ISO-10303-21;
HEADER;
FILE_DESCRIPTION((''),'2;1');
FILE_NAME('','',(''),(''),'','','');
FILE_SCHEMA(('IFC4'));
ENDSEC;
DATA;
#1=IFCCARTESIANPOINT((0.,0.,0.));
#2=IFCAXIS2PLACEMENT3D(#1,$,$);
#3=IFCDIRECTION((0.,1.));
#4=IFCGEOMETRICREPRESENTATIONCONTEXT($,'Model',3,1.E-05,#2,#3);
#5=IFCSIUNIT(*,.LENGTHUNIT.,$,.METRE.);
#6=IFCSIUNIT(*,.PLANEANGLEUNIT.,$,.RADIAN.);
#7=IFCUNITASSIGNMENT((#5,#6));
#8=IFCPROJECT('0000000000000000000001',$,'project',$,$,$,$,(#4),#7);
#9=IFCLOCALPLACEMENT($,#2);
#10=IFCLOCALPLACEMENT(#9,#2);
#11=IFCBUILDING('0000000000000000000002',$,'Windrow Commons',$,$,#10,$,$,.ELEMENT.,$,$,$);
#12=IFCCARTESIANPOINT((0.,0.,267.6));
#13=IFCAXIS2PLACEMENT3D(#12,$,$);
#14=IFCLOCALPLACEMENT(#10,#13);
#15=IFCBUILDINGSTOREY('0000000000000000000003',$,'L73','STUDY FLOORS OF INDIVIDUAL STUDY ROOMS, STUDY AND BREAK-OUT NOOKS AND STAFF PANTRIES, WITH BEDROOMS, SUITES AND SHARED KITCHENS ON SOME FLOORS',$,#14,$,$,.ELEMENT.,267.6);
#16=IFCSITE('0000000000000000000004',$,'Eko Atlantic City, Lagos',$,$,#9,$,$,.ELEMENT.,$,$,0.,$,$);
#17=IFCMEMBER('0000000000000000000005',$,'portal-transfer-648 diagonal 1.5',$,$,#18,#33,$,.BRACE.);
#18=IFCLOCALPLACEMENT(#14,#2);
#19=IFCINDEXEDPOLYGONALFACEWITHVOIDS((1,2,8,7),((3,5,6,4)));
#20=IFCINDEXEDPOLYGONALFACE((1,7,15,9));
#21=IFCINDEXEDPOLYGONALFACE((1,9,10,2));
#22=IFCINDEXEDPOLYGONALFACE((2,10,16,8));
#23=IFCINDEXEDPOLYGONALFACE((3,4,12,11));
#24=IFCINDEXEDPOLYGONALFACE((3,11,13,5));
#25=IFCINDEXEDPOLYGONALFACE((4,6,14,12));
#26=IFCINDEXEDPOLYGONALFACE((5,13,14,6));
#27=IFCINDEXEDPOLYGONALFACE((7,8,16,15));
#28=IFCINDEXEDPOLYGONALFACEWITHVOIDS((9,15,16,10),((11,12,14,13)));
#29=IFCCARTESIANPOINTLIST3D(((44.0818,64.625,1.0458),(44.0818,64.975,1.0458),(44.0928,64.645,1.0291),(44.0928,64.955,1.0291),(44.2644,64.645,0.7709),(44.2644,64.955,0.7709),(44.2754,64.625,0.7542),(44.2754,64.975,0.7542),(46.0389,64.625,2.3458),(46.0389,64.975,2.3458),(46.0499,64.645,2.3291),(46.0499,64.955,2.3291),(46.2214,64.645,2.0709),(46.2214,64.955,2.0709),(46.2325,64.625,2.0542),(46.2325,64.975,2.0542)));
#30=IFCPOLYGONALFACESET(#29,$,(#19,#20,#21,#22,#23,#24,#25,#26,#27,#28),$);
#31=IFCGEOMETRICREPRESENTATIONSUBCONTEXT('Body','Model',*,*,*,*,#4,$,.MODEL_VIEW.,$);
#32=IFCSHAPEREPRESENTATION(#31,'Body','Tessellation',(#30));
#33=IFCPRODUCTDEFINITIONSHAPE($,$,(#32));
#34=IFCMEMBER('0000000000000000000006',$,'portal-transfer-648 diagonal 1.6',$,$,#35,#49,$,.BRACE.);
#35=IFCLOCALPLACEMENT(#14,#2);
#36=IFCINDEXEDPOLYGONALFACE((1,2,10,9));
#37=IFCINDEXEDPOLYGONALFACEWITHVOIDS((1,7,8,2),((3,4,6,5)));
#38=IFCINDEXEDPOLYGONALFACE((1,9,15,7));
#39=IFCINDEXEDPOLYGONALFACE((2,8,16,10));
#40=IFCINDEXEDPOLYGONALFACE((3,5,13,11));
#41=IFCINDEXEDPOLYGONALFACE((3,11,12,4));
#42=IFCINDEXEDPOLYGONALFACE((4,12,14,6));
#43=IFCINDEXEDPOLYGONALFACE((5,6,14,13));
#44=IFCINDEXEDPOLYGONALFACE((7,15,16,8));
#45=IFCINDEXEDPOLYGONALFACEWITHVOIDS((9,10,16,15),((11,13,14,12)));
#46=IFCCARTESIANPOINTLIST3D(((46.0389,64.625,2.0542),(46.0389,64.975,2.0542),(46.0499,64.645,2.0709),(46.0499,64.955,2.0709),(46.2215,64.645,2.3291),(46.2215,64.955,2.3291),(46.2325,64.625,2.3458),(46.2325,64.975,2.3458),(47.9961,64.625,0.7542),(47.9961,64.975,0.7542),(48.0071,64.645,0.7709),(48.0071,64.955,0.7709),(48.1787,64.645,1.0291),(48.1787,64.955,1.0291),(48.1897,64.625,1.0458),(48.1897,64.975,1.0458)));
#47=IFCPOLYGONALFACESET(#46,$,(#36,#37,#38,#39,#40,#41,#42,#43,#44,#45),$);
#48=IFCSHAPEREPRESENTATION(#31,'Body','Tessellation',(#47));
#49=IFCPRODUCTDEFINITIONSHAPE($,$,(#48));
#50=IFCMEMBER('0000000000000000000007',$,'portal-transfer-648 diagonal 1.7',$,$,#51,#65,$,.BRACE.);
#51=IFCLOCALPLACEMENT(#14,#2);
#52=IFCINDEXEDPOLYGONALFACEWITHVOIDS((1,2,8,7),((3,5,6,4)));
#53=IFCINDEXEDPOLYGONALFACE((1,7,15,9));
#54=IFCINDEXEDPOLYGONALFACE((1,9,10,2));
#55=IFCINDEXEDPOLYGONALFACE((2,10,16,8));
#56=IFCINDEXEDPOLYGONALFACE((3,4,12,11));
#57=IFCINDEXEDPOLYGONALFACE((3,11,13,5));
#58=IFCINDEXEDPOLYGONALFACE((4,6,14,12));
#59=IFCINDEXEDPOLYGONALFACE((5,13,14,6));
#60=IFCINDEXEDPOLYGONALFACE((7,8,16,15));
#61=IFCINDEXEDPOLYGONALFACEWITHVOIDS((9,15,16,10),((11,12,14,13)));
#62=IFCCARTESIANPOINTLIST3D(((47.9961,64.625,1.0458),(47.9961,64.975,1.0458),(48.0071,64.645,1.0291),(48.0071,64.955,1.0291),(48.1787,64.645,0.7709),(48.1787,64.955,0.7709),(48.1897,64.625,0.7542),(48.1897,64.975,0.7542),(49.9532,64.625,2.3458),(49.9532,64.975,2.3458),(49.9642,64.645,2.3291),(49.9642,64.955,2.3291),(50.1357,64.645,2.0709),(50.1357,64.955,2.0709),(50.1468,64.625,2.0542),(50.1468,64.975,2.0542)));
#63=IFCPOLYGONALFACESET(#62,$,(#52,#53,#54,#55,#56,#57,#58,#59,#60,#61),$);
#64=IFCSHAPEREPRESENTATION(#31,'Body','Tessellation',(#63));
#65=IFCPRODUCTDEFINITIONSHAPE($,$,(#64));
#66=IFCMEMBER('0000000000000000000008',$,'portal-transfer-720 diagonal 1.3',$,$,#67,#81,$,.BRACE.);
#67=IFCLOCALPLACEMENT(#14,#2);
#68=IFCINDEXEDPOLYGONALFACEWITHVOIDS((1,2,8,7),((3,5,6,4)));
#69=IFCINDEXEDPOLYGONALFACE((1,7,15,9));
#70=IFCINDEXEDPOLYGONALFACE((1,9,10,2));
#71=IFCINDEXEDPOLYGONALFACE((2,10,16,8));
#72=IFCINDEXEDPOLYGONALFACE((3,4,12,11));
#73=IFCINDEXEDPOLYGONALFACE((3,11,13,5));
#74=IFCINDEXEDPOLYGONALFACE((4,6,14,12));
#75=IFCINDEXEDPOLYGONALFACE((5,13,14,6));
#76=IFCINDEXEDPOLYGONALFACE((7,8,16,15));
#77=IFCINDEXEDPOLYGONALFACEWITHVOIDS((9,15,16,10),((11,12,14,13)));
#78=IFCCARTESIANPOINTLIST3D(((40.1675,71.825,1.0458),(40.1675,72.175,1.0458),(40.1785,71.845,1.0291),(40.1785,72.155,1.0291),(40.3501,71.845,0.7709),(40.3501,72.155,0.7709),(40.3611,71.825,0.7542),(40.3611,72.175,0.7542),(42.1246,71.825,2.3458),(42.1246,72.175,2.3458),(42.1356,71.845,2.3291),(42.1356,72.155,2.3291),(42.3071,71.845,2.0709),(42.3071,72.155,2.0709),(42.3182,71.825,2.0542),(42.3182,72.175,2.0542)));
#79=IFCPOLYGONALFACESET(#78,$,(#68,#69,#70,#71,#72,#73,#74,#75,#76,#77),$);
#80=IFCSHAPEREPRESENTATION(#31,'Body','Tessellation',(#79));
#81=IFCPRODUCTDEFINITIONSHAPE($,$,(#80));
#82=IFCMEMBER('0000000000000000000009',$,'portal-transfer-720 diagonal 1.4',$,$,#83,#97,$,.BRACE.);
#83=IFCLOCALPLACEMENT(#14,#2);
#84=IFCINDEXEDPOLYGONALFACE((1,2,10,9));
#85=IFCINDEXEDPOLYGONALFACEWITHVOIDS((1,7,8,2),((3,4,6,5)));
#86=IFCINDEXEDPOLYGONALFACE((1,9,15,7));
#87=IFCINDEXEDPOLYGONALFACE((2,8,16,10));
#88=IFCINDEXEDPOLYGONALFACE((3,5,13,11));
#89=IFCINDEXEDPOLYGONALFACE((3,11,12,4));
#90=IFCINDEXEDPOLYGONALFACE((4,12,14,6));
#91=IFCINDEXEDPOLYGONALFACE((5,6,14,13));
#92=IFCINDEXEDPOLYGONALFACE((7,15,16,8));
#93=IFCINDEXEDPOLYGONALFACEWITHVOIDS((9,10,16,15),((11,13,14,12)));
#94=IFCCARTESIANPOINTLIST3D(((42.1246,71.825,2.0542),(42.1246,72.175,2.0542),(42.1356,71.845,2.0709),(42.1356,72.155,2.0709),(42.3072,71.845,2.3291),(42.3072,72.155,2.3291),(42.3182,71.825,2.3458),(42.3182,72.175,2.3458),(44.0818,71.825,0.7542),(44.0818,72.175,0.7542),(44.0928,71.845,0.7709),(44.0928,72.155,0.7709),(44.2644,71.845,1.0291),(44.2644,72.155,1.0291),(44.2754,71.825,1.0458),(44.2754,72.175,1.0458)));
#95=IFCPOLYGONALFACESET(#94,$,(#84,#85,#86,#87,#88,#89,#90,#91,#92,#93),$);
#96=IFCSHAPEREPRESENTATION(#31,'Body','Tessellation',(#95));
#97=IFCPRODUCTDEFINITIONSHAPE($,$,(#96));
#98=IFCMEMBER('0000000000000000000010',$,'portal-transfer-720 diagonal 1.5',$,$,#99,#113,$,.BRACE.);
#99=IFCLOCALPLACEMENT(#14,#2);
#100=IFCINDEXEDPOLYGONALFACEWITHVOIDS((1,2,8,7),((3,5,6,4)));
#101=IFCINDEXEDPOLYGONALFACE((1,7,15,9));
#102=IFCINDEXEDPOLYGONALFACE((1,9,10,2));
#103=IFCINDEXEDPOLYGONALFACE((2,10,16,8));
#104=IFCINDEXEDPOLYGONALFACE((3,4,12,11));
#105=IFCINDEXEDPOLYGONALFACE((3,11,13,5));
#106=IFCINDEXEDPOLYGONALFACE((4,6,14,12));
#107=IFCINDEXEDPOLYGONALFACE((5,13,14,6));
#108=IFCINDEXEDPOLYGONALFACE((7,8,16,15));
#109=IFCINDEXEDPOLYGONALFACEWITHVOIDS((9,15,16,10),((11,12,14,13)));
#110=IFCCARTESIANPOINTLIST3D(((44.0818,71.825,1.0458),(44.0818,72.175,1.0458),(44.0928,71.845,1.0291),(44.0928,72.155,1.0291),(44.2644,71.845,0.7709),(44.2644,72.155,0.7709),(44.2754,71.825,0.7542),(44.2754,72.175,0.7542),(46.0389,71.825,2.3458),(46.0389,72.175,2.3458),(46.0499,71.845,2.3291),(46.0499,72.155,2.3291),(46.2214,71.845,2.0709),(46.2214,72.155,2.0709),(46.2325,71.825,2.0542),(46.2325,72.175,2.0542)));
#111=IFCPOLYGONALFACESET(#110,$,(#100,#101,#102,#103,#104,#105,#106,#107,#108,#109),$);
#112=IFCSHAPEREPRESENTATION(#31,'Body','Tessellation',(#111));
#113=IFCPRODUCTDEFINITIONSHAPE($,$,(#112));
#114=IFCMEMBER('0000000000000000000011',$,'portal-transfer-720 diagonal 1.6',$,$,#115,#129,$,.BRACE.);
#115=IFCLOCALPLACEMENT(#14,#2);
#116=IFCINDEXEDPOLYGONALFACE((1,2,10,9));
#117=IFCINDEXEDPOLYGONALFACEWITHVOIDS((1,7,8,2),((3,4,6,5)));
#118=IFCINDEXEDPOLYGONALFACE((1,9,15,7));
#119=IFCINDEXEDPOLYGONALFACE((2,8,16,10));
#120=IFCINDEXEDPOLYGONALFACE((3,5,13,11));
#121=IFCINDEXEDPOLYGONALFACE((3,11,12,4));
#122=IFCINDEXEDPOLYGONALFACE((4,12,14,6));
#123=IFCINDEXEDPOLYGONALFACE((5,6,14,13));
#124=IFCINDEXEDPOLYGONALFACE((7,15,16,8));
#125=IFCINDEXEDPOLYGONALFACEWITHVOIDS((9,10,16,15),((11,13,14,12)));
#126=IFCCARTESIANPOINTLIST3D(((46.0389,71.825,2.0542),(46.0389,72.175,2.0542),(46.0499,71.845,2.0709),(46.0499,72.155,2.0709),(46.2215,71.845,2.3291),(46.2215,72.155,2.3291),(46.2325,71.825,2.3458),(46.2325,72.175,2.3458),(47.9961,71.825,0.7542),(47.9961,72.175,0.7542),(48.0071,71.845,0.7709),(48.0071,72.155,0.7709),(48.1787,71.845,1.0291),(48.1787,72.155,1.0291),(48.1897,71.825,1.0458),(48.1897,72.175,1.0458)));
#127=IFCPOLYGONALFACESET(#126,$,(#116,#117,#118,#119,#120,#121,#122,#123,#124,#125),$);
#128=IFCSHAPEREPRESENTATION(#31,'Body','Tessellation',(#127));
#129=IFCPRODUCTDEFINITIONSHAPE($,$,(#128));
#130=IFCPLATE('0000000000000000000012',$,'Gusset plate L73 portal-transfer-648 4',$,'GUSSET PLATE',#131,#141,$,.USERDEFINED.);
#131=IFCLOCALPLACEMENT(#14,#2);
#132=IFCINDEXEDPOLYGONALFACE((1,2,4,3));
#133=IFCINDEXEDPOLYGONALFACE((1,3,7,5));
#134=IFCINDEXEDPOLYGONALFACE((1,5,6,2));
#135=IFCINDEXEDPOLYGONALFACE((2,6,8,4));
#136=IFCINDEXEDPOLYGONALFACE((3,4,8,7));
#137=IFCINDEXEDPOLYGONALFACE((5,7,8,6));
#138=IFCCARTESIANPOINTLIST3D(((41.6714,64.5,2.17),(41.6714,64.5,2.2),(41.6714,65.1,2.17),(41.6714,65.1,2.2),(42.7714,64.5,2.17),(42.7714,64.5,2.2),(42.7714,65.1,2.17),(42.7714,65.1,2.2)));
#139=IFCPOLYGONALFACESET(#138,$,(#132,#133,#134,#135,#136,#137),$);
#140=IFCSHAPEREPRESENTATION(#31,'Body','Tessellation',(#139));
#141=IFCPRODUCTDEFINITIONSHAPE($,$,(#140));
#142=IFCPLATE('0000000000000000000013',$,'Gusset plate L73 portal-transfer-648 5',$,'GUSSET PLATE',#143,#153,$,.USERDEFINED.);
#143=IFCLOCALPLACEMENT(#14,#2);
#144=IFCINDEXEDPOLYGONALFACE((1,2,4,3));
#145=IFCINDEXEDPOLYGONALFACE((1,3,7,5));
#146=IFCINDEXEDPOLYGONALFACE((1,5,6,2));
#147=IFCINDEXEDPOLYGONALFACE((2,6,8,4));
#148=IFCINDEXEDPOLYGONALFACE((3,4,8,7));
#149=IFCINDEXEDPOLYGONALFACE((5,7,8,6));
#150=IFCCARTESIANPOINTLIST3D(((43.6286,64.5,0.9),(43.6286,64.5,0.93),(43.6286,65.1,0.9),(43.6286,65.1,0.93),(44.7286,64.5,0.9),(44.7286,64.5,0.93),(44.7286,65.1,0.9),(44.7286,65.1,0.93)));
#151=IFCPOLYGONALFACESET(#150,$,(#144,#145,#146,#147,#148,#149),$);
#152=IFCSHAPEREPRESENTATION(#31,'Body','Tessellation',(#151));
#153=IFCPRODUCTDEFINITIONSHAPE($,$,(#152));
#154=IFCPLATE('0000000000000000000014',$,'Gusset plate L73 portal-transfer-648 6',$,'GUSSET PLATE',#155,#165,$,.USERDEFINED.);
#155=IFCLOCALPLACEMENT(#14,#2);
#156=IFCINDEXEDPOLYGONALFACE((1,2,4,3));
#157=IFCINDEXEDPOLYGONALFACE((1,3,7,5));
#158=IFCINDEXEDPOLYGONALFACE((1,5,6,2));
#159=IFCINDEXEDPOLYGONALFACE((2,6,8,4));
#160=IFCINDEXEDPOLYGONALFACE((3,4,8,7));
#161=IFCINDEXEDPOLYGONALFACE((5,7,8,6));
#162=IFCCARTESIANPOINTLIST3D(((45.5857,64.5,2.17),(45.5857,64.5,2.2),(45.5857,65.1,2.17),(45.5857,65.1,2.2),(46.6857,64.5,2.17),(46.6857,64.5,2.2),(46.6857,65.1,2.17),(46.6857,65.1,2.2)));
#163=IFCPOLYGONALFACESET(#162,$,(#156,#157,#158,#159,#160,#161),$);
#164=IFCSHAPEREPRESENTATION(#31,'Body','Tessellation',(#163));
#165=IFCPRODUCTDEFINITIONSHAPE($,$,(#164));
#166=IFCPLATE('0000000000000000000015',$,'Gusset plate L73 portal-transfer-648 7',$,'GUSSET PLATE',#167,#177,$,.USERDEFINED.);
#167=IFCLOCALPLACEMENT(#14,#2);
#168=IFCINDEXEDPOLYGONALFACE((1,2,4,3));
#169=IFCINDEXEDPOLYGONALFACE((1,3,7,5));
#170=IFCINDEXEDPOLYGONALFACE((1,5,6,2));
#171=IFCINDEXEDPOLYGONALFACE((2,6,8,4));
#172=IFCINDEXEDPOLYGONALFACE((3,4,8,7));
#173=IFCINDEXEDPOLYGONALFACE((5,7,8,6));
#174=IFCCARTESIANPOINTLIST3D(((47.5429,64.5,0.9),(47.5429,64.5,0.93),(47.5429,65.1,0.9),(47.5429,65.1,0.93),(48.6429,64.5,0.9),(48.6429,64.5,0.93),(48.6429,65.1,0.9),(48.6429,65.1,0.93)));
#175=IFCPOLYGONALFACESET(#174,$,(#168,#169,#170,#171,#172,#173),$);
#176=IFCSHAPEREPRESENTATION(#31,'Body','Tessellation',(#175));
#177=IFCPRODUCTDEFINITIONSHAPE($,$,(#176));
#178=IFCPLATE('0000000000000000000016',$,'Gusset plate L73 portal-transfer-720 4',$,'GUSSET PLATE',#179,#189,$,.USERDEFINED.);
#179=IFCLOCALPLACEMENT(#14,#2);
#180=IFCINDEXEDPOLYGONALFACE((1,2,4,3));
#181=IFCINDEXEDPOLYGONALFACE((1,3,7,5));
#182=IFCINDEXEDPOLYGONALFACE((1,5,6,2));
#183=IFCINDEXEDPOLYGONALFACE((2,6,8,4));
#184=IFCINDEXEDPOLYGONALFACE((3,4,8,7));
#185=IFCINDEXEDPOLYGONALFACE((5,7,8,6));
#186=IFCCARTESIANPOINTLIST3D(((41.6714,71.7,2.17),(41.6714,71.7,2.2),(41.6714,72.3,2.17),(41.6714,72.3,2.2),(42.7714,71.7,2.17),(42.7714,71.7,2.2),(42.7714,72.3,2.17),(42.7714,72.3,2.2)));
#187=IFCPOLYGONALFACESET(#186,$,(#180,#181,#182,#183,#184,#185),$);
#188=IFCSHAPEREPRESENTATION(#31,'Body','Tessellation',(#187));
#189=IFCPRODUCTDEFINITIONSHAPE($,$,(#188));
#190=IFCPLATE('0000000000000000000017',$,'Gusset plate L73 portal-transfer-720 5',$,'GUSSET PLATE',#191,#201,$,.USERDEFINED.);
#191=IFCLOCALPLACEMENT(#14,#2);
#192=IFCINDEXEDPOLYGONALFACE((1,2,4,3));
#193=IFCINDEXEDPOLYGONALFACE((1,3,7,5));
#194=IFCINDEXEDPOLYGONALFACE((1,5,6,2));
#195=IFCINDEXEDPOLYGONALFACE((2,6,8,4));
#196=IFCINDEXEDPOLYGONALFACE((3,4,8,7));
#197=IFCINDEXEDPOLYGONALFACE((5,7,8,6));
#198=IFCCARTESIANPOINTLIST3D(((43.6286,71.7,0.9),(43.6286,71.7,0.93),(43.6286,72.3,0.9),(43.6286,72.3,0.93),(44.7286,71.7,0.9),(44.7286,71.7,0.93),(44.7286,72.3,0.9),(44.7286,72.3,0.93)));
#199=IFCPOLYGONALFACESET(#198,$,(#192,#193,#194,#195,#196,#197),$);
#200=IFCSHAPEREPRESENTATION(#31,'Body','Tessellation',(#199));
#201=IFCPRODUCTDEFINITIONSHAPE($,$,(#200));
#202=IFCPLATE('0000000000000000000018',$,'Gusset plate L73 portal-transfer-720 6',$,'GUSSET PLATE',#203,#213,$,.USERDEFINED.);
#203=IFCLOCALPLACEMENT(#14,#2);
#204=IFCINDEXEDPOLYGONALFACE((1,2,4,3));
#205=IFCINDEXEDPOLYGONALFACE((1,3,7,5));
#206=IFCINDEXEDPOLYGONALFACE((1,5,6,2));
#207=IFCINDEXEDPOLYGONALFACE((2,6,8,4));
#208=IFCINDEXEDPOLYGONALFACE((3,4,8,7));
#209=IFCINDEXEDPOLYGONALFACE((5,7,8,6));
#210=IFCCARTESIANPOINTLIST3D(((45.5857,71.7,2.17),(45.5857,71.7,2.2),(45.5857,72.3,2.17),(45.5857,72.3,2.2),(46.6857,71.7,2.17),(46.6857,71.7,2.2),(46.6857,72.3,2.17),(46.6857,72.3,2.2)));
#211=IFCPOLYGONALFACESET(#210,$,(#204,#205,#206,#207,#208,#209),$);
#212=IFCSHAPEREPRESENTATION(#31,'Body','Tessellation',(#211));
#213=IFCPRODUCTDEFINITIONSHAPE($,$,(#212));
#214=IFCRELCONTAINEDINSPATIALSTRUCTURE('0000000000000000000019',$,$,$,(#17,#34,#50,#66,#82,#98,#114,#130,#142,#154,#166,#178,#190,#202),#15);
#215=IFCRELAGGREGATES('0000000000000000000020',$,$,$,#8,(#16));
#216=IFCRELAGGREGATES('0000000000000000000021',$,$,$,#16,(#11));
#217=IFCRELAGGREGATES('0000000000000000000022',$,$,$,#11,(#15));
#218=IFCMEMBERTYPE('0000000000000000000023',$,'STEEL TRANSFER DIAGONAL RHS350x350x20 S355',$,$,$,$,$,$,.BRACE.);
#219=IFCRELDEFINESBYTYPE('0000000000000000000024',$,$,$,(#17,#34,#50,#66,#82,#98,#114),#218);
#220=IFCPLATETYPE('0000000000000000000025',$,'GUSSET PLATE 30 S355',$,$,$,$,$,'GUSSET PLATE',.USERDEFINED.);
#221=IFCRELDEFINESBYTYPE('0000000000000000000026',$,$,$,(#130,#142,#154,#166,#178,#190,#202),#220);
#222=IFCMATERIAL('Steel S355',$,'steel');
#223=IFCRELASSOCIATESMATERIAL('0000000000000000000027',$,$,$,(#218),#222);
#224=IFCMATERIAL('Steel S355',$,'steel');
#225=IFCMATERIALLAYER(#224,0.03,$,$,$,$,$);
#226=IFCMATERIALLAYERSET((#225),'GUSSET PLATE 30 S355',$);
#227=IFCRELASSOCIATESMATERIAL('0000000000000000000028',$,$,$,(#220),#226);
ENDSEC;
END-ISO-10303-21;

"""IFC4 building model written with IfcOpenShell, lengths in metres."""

from ifc_helpers import new_model, si_unit, direction, frame, origin, origin_2d, place, context, subcontext, project, spatial, rectangle, hollow_rectangle, extrude, material, layer, layer_set, material_profile, profile_set, type_object, element, save


model = new_model("IFC4")

# Units and contexts
model_context = context("Model", 3, precision=1e-05, world=origin(), true_north=direction((0.0, 1.0)))
body_context = subcontext(model_context, "Body", "Model", "MODEL_VIEW")
ifc_project = project(units=[si_unit("LENGTHUNIT", "METRE"), si_unit("PLANEANGLEUNIT", "RADIAN")], contexts=[model_context])

# Site, building, storey
site_placement = place(None, origin())
site = spatial("IfcSite", under=ifc_project, at=site_placement, Name="Eko Atlantic City, Lagos", CompositionType="ELEMENT", RefElevation=0.0)
building_placement = place(site_placement, origin())
building = spatial("IfcBuilding", under=site, at=building_placement, Name="Windrow Commons", CompositionType="ELEMENT")
storey_placement = place(building_placement, frame((0.0, 0.0, 267.6)))
storey = spatial("IfcBuildingStorey", under=building, at=storey_placement, Name="L73", Description="STUDY FLOORS OF INDIVIDUAL STUDY ROOMS, STUDY AND BREAK-OUT NOOKS AND STAFF PANTRIES, WITH BEDROOMS, SUITES AND SHARED KITCHENS ON SOME FLOORS", CompositionType="ELEMENT", Elevation=267.6)

# Members
ifc_material_1 = material(Name="Steel S355", Category="steel")
ifc_material_profile_1 = material_profile(ifc_material_1, hollow_rectangle(XDim=0.35, YDim=0.35, WallThickness=0.02, at=origin_2d()))
ifc_profile_set_1 = profile_set([ifc_material_profile_1], Name="Steel S355")
member_type_1 = type_object("IfcMemberType", Name="STEEL TRANSFER DIAGONAL RHS350x350x20 S355", PredefinedType="BRACE", material=ifc_profile_set_1)
member_1_placement = place(storey_placement, frame((44.1786, 64.8, 0.9), z_axis=(0.832979, 0.0, 0.553305), x_axis=(0.0, 1.0, 0.0)))
element("IfcMember", 1, at=member_1_placement, inside=storey, type_object=member_type_1, Name="portal-transfer-648 diagonal 1.5", PredefinedType="BRACE", context=body_context, shape_type="SweptSolid", body=[
    extrude(hollow_rectangle(XDim=0.35, YDim=0.35, WallThickness=0.02, at=origin_2d()), origin(), (0.0, 0.0, 1.0), 2.3495),
])
member_2_placement = place(storey_placement, frame((46.1357, 64.8, 2.2), z_axis=(0.832992, 0.0, -0.553285), x_axis=(0.0, 1.0, 0.0)))
element("IfcMember", 2, at=member_2_placement, inside=storey, type_object=member_type_1, Name="portal-transfer-648 diagonal 1.6", PredefinedType="BRACE", context=body_context, shape_type="SweptSolid", body=[
    extrude(hollow_rectangle(XDim=0.35, YDim=0.35, WallThickness=0.02, at=origin_2d()), origin(), (0.0, 0.0, 1.0), 2.3496),
])
for number, where, z_axis, x_axis, name in (
    (3, (48.0929, 64.8, 0.9), (0.832979, 0.0, 0.553305), (0.0, 1.0, 0.0), "portal-transfer-648 diagonal 1.7"),
    (4, (40.2643, 72.0, 0.9), (0.832979, 0.0, 0.553305), (0.0, 1.0, 0.0), "portal-transfer-720 diagonal 1.3"),
):
    element("IfcMember", number, at=place(storey_placement, frame(where, z_axis=z_axis, x_axis=x_axis)), inside=storey, type_object=member_type_1, Name=name, PredefinedType="BRACE", context=body_context, shape_type="SweptSolid", body=[
        extrude(hollow_rectangle(XDim=0.35, YDim=0.35, WallThickness=0.02, at=origin_2d()), origin(), (0.0, 0.0, 1.0), 2.3495),
    ])
member_3_placement = place(storey_placement, frame((42.2214, 72.0, 2.2), z_axis=(0.832992, 0.0, -0.553285), x_axis=(0.0, 1.0, 0.0)))
element("IfcMember", 5, at=member_3_placement, inside=storey, type_object=member_type_1, Name="portal-transfer-720 diagonal 1.4", PredefinedType="BRACE", context=body_context, shape_type="SweptSolid", body=[
    extrude(hollow_rectangle(XDim=0.35, YDim=0.35, WallThickness=0.02, at=origin_2d()), origin(), (0.0, 0.0, 1.0), 2.3496),
])
member_4_placement = place(storey_placement, frame((44.1786, 72.0, 0.9), z_axis=(0.832979, 0.0, 0.553305), x_axis=(0.0, 1.0, 0.0)))
element("IfcMember", 6, at=member_4_placement, inside=storey, type_object=member_type_1, Name="portal-transfer-720 diagonal 1.5", PredefinedType="BRACE", context=body_context, shape_type="SweptSolid", body=[
    extrude(hollow_rectangle(XDim=0.35, YDim=0.35, WallThickness=0.02, at=origin_2d()), origin(), (0.0, 0.0, 1.0), 2.3495),
])
member_5_placement = place(storey_placement, frame((46.1357, 72.0, 2.2), z_axis=(0.832992, 0.0, -0.553285), x_axis=(0.0, 1.0, 0.0)))
element("IfcMember", 7, at=member_5_placement, inside=storey, type_object=member_type_1, Name="portal-transfer-720 diagonal 1.6", PredefinedType="BRACE", context=body_context, shape_type="SweptSolid", body=[
    extrude(hollow_rectangle(XDim=0.35, YDim=0.35, WallThickness=0.02, at=origin_2d()), origin(), (0.0, 0.0, 1.0), 2.3496),
])

# Plates
ifc_material_2 = material(Name="Steel S355", Category="steel")
ifc_layer_1 = layer(ifc_material_2, 0.03)
ifc_layer_set_1 = layer_set([ifc_layer_1], Name="GUSSET PLATE 30 S355")
plate_type = type_object("IfcPlateType", Name="GUSSET PLATE 30 S355", ElementType="GUSSET PLATE", PredefinedType="USERDEFINED", material=ifc_layer_set_1)
for number, where, z_axis, x_axis, name in (
    (8, (42.2214, 64.8, 2.17), (0.0, 0.0, 1.0), (1.0, 0.0, 0.0), "Gusset plate L73 portal-transfer-648 4"),
    (9, (44.1786, 64.8, 0.9), (0.0, 0.0, 1.0), (1.0, 0.0, 0.0), "Gusset plate L73 portal-transfer-648 5"),
    (10, (46.1357, 64.8, 2.17), (0.0, 0.0, 1.0), (1.0, 0.0, 0.0), "Gusset plate L73 portal-transfer-648 6"),
    (11, (48.0929, 64.8, 0.9), (0.0, 0.0, 1.0), (1.0, 0.0, 0.0), "Gusset plate L73 portal-transfer-648 7"),
    (12, (42.2214, 72.0, 2.17), (0.0, 0.0, 1.0), (1.0, 0.0, 0.0), "Gusset plate L73 portal-transfer-720 4"),
    (13, (44.1786, 72.0, 0.9), (0.0, 0.0, 1.0), (1.0, 0.0, 0.0), "Gusset plate L73 portal-transfer-720 5"),
    (14, (46.1357, 72.0, 2.17), (0.0, 0.0, 1.0), (1.0, 0.0, 0.0), "Gusset plate L73 portal-transfer-720 6"),
):
    element("IfcPlate", number, at=place(storey_placement, frame(where, z_axis=z_axis, x_axis=x_axis)), inside=storey, type_object=plate_type, Name=name, ObjectType="GUSSET PLATE", PredefinedType="USERDEFINED", context=body_context, shape_type="SweptSolid", body=[
        extrude(rectangle(XDim=1.1, YDim=0.6, at=origin_2d()), origin(), (0.0, 0.0, 1.0), 0.03),
    ])

save(model, "model.ifc")
